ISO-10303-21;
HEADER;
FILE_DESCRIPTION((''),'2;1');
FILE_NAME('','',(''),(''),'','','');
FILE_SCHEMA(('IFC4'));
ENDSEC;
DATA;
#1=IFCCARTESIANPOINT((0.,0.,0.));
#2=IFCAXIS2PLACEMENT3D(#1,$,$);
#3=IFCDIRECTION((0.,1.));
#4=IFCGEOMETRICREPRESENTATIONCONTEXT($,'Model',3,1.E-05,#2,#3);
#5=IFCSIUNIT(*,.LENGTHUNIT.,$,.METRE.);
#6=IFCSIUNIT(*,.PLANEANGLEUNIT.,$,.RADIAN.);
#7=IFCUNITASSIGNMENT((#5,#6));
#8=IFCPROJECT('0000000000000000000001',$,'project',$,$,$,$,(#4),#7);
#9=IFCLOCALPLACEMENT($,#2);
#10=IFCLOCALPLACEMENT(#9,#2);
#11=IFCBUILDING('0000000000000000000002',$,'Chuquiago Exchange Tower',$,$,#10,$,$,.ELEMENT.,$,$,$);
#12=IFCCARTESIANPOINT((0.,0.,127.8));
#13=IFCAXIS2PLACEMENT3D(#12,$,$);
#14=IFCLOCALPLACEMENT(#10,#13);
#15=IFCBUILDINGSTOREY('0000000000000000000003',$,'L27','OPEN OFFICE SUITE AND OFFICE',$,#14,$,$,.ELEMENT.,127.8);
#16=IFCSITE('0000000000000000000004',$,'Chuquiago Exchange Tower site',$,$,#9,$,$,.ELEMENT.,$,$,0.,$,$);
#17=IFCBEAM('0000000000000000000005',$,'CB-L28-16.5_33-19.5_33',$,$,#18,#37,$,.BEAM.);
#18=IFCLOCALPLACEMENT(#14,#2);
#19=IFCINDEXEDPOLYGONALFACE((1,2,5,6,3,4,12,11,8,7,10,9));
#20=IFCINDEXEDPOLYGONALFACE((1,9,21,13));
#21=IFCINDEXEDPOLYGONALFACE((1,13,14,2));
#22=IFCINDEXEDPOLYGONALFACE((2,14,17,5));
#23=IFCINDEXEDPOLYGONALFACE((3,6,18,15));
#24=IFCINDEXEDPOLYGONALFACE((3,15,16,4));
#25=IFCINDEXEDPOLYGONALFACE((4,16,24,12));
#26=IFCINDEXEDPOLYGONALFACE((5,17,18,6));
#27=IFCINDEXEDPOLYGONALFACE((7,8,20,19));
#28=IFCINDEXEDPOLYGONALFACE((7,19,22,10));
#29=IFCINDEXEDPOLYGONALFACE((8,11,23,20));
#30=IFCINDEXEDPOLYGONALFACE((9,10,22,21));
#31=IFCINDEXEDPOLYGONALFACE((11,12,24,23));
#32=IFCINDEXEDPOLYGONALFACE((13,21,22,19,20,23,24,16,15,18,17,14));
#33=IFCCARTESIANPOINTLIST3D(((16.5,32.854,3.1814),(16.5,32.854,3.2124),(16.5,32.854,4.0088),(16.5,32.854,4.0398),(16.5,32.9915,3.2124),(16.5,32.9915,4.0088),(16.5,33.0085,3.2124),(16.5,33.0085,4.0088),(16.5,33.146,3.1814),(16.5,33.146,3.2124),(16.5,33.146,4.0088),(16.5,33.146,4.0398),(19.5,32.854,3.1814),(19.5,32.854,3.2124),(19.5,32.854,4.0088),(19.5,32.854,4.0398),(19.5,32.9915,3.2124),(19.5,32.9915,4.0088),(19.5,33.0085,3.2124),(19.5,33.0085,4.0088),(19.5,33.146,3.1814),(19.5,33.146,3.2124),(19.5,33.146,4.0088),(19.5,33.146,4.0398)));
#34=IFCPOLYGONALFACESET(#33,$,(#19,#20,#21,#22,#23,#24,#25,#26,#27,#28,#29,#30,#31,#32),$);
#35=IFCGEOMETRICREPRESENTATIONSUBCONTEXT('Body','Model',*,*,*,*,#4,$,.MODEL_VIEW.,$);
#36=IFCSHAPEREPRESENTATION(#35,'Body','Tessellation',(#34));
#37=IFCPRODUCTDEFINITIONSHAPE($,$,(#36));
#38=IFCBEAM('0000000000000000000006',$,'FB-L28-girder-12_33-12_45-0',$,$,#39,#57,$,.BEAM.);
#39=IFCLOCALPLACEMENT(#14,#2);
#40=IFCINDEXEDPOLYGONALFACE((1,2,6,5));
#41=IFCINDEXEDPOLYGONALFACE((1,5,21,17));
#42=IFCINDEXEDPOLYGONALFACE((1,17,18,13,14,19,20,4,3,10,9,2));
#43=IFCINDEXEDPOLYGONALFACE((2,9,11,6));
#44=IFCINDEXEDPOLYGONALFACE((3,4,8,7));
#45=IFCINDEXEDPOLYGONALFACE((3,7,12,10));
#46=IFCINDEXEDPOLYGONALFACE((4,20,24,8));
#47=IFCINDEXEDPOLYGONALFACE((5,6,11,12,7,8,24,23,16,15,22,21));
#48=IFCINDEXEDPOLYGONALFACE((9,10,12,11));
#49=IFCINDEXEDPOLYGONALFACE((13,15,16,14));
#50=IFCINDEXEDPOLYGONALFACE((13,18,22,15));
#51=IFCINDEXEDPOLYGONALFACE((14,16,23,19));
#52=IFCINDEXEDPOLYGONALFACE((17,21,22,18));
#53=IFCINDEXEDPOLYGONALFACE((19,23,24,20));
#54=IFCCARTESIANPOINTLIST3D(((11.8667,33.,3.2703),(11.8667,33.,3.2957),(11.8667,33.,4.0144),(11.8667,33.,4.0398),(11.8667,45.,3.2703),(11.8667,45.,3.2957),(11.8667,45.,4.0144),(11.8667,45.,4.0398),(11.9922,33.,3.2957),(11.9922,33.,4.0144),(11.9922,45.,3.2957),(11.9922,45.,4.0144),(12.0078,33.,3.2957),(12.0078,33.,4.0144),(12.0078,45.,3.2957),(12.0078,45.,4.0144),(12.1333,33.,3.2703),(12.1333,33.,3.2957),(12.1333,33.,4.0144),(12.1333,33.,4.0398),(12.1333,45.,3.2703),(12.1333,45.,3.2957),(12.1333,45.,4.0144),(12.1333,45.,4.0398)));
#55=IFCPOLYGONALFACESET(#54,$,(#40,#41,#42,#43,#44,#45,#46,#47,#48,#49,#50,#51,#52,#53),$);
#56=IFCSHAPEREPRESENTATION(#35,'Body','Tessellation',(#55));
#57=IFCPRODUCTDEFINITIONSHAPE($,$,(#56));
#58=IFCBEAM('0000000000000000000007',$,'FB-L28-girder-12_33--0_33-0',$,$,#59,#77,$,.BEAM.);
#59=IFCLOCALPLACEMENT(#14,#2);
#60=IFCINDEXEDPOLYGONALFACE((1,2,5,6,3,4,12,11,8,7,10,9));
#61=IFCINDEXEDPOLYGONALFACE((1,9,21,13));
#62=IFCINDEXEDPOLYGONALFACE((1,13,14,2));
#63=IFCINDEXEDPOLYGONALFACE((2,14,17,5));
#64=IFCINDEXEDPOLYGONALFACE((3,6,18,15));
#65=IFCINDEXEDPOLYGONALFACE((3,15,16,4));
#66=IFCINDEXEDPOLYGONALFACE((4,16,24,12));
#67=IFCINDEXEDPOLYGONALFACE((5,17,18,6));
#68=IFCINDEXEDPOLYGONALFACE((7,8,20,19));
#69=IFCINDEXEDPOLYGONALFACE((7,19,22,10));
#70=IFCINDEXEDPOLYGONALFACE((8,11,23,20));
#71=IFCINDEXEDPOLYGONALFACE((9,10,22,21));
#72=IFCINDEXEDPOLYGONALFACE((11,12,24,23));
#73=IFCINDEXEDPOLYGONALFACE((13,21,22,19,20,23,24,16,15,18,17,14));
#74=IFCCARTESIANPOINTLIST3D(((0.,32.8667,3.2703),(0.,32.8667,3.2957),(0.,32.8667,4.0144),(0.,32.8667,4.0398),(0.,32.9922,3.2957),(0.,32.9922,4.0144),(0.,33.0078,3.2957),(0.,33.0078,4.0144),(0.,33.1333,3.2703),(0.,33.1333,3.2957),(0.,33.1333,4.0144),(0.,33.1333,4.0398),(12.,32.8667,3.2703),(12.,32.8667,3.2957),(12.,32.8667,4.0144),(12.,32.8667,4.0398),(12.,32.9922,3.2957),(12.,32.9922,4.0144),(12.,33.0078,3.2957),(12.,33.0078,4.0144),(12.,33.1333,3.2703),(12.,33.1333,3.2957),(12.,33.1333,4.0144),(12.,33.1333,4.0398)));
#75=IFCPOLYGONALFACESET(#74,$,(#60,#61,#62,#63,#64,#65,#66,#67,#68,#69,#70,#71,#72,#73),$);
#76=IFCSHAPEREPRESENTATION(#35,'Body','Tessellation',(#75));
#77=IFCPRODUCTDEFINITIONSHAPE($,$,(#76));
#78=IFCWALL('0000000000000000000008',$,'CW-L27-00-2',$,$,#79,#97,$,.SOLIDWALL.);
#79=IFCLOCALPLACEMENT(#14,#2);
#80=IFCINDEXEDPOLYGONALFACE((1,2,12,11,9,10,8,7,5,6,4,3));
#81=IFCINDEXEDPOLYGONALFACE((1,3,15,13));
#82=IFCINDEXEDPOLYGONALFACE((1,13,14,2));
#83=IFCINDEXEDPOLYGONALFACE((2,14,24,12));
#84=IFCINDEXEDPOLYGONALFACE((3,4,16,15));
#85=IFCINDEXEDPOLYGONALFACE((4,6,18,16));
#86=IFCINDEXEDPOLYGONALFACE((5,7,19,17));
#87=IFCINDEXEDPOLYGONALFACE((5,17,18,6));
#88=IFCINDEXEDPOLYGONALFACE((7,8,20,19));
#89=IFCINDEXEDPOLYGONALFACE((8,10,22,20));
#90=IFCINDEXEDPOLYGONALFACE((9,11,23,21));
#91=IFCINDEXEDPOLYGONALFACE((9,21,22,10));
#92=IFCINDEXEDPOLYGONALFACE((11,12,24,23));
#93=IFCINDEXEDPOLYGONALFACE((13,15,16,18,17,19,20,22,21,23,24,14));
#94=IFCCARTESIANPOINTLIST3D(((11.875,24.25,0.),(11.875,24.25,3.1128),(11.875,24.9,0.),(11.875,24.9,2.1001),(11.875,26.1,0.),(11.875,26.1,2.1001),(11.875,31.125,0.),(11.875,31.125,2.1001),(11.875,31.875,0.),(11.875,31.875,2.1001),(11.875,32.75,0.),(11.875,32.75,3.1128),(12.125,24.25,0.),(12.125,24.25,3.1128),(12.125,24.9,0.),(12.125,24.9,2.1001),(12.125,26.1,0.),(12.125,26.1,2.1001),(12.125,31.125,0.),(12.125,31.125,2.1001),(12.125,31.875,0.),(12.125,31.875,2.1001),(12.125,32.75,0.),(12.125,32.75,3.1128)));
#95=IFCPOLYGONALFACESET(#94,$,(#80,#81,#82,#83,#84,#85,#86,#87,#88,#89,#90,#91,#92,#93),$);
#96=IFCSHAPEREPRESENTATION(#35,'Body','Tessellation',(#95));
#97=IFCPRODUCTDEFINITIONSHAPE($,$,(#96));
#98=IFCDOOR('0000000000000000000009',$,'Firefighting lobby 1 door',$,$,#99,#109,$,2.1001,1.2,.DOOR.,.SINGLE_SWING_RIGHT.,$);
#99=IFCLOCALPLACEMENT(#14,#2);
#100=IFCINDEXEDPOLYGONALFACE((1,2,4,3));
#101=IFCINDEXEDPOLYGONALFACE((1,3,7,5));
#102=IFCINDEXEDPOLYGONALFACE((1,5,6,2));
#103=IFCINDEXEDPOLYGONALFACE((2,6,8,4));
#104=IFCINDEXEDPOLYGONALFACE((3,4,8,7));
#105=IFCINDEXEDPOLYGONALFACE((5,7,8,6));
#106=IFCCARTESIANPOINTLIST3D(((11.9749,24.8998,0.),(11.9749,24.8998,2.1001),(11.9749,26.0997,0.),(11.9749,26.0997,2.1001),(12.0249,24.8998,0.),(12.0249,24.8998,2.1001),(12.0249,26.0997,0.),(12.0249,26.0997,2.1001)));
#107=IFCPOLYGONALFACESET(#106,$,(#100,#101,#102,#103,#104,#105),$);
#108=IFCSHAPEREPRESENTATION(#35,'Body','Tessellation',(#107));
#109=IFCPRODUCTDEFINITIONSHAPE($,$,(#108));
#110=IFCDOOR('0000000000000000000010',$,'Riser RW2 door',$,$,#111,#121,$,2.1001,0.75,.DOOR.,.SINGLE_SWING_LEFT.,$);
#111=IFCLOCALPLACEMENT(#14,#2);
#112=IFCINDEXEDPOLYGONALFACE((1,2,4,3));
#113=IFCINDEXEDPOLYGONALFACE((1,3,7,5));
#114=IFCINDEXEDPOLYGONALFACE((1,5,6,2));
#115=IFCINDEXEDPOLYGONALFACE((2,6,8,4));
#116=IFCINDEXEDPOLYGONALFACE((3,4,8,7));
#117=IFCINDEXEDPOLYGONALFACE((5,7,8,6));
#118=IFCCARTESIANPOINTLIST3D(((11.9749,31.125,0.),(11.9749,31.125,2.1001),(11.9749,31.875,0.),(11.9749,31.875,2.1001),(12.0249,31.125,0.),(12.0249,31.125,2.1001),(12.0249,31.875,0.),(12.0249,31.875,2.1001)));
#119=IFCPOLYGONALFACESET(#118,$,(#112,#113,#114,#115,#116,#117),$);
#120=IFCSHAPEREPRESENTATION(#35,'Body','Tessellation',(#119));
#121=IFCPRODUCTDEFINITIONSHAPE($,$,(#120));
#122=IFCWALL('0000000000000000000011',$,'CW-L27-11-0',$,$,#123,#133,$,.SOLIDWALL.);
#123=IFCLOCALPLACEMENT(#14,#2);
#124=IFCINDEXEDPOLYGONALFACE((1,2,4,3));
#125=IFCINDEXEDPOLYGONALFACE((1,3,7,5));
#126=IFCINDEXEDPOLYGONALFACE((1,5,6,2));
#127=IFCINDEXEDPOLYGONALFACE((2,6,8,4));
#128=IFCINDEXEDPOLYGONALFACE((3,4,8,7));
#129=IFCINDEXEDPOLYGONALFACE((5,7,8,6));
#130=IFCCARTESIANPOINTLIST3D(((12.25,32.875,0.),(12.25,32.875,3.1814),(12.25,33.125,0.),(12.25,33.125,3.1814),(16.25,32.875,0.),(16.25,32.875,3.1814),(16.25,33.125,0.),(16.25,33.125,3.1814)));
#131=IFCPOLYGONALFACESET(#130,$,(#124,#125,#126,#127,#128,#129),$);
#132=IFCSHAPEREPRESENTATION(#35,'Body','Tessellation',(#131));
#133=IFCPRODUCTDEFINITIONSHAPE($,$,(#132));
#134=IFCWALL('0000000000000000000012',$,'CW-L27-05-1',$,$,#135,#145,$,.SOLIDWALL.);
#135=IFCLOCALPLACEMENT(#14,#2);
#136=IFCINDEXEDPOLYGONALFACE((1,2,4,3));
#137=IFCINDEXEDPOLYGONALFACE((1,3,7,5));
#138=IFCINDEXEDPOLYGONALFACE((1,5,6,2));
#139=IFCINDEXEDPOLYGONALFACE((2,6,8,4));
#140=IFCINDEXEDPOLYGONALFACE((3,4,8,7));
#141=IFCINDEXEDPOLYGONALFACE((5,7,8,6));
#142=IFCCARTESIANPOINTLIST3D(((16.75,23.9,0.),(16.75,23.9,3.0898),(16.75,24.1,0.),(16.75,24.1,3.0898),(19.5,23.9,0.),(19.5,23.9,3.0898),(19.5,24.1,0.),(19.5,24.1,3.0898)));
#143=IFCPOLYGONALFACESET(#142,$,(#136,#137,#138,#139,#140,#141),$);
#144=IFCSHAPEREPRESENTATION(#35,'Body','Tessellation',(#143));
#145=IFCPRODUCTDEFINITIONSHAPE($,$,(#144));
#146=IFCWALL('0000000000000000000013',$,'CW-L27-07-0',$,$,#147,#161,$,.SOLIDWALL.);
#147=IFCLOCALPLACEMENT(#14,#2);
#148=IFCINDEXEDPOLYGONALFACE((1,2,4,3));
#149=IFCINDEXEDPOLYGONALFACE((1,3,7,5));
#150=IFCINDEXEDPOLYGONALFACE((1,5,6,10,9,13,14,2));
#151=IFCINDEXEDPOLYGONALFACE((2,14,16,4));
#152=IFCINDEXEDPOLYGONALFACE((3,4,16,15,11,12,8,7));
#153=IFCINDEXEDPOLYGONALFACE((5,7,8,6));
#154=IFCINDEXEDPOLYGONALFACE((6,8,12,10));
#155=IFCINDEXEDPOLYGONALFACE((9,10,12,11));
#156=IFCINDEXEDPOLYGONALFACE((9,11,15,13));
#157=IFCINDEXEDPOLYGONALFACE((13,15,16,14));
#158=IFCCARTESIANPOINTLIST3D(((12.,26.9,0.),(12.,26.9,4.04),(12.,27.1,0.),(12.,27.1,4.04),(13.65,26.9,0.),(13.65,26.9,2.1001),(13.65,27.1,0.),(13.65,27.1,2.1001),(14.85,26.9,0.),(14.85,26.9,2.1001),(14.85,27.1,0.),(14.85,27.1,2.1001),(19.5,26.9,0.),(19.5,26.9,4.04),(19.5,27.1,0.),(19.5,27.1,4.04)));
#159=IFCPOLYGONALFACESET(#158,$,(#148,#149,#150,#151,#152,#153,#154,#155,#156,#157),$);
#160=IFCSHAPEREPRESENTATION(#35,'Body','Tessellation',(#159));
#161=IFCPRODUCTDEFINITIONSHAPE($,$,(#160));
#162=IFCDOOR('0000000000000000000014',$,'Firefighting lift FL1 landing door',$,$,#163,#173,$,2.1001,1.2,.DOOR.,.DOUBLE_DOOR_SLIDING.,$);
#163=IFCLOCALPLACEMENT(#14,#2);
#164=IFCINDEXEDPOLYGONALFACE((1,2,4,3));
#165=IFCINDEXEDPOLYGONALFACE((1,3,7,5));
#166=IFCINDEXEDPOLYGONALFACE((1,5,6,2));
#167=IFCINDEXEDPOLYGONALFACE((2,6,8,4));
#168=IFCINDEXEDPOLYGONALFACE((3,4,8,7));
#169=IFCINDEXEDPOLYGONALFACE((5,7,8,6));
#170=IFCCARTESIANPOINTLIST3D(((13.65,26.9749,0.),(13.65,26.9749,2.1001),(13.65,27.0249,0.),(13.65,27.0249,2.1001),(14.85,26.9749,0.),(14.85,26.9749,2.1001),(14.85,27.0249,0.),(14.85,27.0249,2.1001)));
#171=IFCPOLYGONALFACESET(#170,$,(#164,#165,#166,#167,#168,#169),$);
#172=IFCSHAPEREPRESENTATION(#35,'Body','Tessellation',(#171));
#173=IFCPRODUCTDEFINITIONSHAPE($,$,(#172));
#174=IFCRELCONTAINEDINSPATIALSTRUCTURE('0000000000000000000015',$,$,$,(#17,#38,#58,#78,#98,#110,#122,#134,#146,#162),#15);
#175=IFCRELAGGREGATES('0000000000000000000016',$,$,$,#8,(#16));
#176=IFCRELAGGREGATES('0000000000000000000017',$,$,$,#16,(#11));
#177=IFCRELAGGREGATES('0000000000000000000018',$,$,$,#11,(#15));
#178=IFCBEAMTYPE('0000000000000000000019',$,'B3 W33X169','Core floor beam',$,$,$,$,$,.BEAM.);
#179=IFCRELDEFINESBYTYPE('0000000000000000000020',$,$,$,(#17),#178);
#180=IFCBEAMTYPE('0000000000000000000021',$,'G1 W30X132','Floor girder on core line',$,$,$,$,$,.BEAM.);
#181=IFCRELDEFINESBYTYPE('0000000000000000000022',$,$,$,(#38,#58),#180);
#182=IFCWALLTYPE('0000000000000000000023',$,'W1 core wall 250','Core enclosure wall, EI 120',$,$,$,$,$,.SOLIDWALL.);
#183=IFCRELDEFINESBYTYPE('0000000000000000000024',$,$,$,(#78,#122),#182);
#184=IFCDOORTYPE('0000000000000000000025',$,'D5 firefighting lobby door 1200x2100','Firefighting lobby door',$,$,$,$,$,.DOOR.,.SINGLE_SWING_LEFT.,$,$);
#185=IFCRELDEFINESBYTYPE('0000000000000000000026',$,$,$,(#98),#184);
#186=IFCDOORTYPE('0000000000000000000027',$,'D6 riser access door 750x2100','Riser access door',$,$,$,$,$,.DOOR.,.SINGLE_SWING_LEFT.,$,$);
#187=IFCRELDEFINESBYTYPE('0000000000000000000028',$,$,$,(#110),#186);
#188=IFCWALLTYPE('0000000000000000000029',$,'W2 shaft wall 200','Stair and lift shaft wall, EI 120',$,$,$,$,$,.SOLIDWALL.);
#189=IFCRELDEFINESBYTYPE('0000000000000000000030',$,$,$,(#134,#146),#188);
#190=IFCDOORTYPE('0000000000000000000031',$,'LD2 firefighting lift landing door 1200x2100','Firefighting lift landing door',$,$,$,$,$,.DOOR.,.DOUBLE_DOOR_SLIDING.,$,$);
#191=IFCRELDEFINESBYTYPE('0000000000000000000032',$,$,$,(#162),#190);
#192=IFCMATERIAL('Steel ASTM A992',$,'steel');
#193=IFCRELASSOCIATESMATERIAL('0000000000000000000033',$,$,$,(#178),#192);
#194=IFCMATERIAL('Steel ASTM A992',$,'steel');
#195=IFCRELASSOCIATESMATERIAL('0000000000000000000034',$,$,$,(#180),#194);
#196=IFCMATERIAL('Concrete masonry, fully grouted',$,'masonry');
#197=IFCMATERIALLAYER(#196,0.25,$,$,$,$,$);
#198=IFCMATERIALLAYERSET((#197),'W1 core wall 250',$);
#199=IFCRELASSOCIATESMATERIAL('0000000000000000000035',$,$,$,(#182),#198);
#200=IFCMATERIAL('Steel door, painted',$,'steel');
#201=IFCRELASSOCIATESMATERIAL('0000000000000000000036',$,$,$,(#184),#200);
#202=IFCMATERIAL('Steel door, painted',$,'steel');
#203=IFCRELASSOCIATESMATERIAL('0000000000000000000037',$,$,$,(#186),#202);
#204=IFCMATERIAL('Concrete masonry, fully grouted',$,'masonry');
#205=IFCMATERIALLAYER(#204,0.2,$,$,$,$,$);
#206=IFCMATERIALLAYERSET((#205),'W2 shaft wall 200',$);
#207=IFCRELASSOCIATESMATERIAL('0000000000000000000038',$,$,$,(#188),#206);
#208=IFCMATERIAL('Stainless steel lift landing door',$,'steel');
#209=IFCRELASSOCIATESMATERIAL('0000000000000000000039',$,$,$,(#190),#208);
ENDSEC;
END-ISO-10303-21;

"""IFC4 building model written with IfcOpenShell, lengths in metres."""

from ifc_helpers import new_model, si_unit, direction, frame, frame_2d, origin, origin_2d, place, context, subcontext, project, spatial, rectangle, i_section, extrude, material, layer, layer_set, material_profile, profile_set, type_object, element, fill, save


model = new_model("IFC4")

# Units and contexts
model_context = context("Model", 3, precision=1e-05, world=origin(), true_north=direction((0.0, 1.0)))
body_context = subcontext(model_context, "Body", "Model", "MODEL_VIEW")
ifc_project = project(units=[si_unit("LENGTHUNIT", "METRE"), si_unit("PLANEANGLEUNIT", "RADIAN")], contexts=[model_context])

# Site, building, storey
site_placement = place(None, origin())
site = spatial("IfcSite", under=ifc_project, at=site_placement, Name="Chuquiago Exchange Tower site", CompositionType="ELEMENT", RefElevation=0.0)
building_placement = place(site_placement, origin())
building = spatial("IfcBuilding", under=site, at=building_placement, Name="Chuquiago Exchange Tower", CompositionType="ELEMENT")
storey_placement = place(building_placement, frame((0.0, 0.0, 127.8)))
storey = spatial("IfcBuildingStorey", under=building, at=storey_placement, Name="L27", Description="OPEN OFFICE SUITE AND OFFICE", CompositionType="ELEMENT", Elevation=127.8)

# Beams
ifc_material_1 = material(Name="Steel ASTM A992", Category="steel")
ifc_material_profile_1 = material_profile(ifc_material_1, i_section(OverallWidth=0.292, OverallDepth=0.8584, WebThickness=0.0171, FlangeThickness=0.031, at=origin_2d()), Name="W33X169")
ifc_profile_set_1 = profile_set([ifc_material_profile_1], Name="Steel ASTM A992")
beam_type_1 = type_object("IfcBeamType", Name="B3 W33X169", Description="Core floor beam", PredefinedType="BEAM", material=ifc_profile_set_1)
beam_1_placement = place(storey_placement, frame((16.5, 33.0, 3.6106), z_axis=(1.0, 0.0, 0.0), x_axis=(0.0, 1.0, 0.0)))
element("IfcBeam", 1, at=beam_1_placement, inside=storey, type_object=beam_type_1, Name="CB-L28-16.5_33-19.5_33", PredefinedType="BEAM", context=body_context, shape_type="SweptSolid", body=[
    extrude(i_section(OverallWidth=0.292, OverallDepth=0.8584, WebThickness=0.0171, FlangeThickness=0.031, at=origin_2d()), origin(), (0.0, 0.0, 1.0), 3.0),
])
ifc_material_2 = material(Name="Steel ASTM A992", Category="steel")
ifc_material_profile_2 = material_profile(ifc_material_2, i_section(OverallWidth=0.2666, OverallDepth=0.7695, WebThickness=0.0156, FlangeThickness=0.0254, at=origin_2d()), Name="W30X132")
ifc_profile_set_2 = profile_set([ifc_material_profile_2], Name="Steel ASTM A992")
beam_type_2 = type_object("IfcBeamType", Name="G1 W30X132", Description="Floor girder on core line", PredefinedType="BEAM", material=ifc_profile_set_2)
for number, where, z_axis, x_axis, name in (
    (2, (12.0, 33.0, 3.655), (0.0, 1.0, 0.0), (-1.0, 0.0, 0.0), "FB-L28-girder-12_33-12_45-0"),
    (3, (12.0, 33.0, 3.655), (-1.0, 0.0, 0.0), (0.0, -1.0, 0.0), "FB-L28-girder-12_33--0_33-0"),
):
    element("IfcBeam", number, at=place(storey_placement, frame(where, z_axis=z_axis, x_axis=x_axis)), inside=storey, type_object=beam_type_2, Name=name, PredefinedType="BEAM", context=body_context, shape_type="SweptSolid", body=[
        extrude(i_section(OverallWidth=0.2666, OverallDepth=0.7695, WebThickness=0.0156, FlangeThickness=0.0254, at=origin_2d()), origin(), (0.0, 0.0, 1.0), 12.0),
    ])

# Wall, openings, doors
ifc_material_3 = material(Name="Concrete masonry, fully grouted", Category="masonry")
ifc_layer_1 = layer(ifc_material_3, 0.25)
ifc_layer_set_1 = layer_set([ifc_layer_1], Name="W1 core wall 250")
wall_type_1 = type_object("IfcWallType", Name="W1 core wall 250", Description="Core enclosure wall, EI 120", PredefinedType="SOLIDWALL", material=ifc_layer_set_1)
wall_1_placement = place(storey_placement, frame((12.0, 24.25, 0.0), z_axis=(0.0, 0.0, 1.0), x_axis=(0.0, 1.0, 0.0)))
wall_1 = element("IfcWall", 4, at=wall_1_placement, inside=storey, type_object=wall_type_1, Name="CW-L27-00-2", PredefinedType="SOLIDWALL", context=body_context, shape_type="SweptSolid", body=[
    extrude(rectangle(XDim=8.5, YDim=0.25, at=frame_2d((4.25, 0.0))), origin(), (0.0, 0.0, 1.0), 3.1128),
])
opening_1_placement = place(wall_1_placement, frame((0.6499, 0.0, 0.0)))
opening_1 = element("IfcOpeningElement", 5, at=opening_1_placement, cuts=wall_1, PredefinedType="OPENING", context=body_context, shape_type="SweptSolid", body=[
    extrude(rectangle(XDim=1.2, YDim=2.1001, at=frame_2d((0.6001, 1.05))), frame((0.0, 0.135, 0.0), z_axis=(0.0, -1.0, 0.0), x_axis=(1.0, 0.0, 0.0)), (0.0, 0.0, 1.0), 0.27),
])
opening_2_placement = place(wall_1_placement, frame((6.875, 0.0, 0.0)))
opening_2 = element("IfcOpeningElement", 6, at=opening_2_placement, cuts=wall_1, PredefinedType="OPENING", context=body_context, shape_type="SweptSolid", body=[
    extrude(rectangle(XDim=0.75, YDim=2.1001, at=frame_2d((0.375, 1.05))), frame((0.0, 0.135, 0.0), z_axis=(0.0, -1.0, 0.0), x_axis=(1.0, 0.0, 0.0)), (0.0, 0.0, 1.0), 0.27),
])
ifc_material_4 = material(Name="Steel door, painted", Category="steel")
door_type_1 = type_object("IfcDoorType", Name="D5 firefighting lobby door 1200x2100", Description="Firefighting lobby door", OperationType="SINGLE_SWING_LEFT", PredefinedType="DOOR", material=ifc_material_4)
door_1_placement = place(opening_1_placement, frame((1.2, 0.0, 0.0), z_axis=(0.0, 0.0, 1.0), x_axis=(-1.0, 0.0, 0.0)))
door_1 = element("IfcDoor", 7, at=door_1_placement, inside=storey, type_object=door_type_1, Name="Firefighting lobby 1 door", OperationType="SINGLE_SWING_RIGHT", OverallHeight=2.1001, OverallWidth=1.2, PredefinedType="DOOR", context=body_context, shape_type="SweptSolid", body=[
    extrude(rectangle(XDim=1.2, YDim=2.1001, at=frame_2d((0.6001, 1.05))), frame((0.0, 0.0249, 0.0), z_axis=(0.0, -1.0, 0.0), x_axis=(1.0, 0.0, 0.0)), (0.0, 0.0, 1.0), 0.05),
])
fill(opening_1, door_1)
ifc_material_5 = material(Name="Steel door, painted", Category="steel")
door_type_2 = type_object("IfcDoorType", Name="D6 riser access door 750x2100", Description="Riser access door", OperationType="SINGLE_SWING_LEFT", PredefinedType="DOOR", material=ifc_material_5)
door_2_placement = place(opening_2_placement, frame((0.75, 0.0, 0.0), z_axis=(0.0, 0.0, 1.0), x_axis=(-1.0, 0.0, 0.0)))
door_2 = element("IfcDoor", 8, at=door_2_placement, inside=storey, type_object=door_type_2, Name="Riser RW2 door", OperationType="SINGLE_SWING_LEFT", OverallHeight=2.1001, OverallWidth=0.75, PredefinedType="DOOR", context=body_context, shape_type="SweptSolid", body=[
    extrude(rectangle(XDim=0.75, YDim=2.1001, at=frame_2d((0.375, 1.05))), frame((0.0, 0.0249, 0.0), z_axis=(0.0, -1.0, 0.0), x_axis=(1.0, 0.0, 0.0)), (0.0, 0.0, 1.0), 0.05),
])
fill(opening_2, door_2)

# Walls
wall_2_placement = place(storey_placement, frame((12.25, 33.0, 0.0), z_axis=(0.0, 0.0, 1.0), x_axis=(1.0, 0.0, 0.0)))
element("IfcWall", 9, at=wall_2_placement, inside=storey, type_object=wall_type_1, Name="CW-L27-11-0", PredefinedType="SOLIDWALL", context=body_context, shape_type="SweptSolid", body=[
    extrude(rectangle(XDim=4.0, YDim=0.25, at=frame_2d((2.0, 0.0))), origin(), (0.0, 0.0, 1.0), 3.1814),
])
ifc_material_6 = material(Name="Concrete masonry, fully grouted", Category="masonry")
ifc_layer_2 = layer(ifc_material_6, 0.2)
ifc_layer_set_2 = layer_set([ifc_layer_2], Name="W2 shaft wall 200")
wall_type_2 = type_object("IfcWallType", Name="W2 shaft wall 200", Description="Stair and lift shaft wall, EI 120", PredefinedType="SOLIDWALL", material=ifc_layer_set_2)
wall_3_placement = place(storey_placement, frame((16.75, 24.0, 0.0), z_axis=(0.0, 0.0, 1.0), x_axis=(1.0, 0.0, 0.0)))
element("IfcWall", 10, at=wall_3_placement, inside=storey, type_object=wall_type_2, Name="CW-L27-05-1", PredefinedType="SOLIDWALL", context=body_context, shape_type="SweptSolid", body=[
    extrude(rectangle(XDim=2.75, YDim=0.2, at=frame_2d((1.375, 0.0))), origin(), (0.0, 0.0, 1.0), 3.0898),
])

# Wall, opening, door
wall_4_placement = place(storey_placement, frame((12.0, 27.0, 0.0), z_axis=(0.0, 0.0, 1.0), x_axis=(1.0, 0.0, 0.0)))
wall_4 = element("IfcWall", 11, at=wall_4_placement, inside=storey, type_object=wall_type_2, Name="CW-L27-07-0", PredefinedType="SOLIDWALL", context=body_context, shape_type="SweptSolid", body=[
    extrude(rectangle(XDim=7.5, YDim=0.2, at=frame_2d((3.75, 0.0))), origin(), (0.0, 0.0, 1.0), 4.04),
])
opening_3_placement = place(wall_4_placement, frame((1.6499, 0.0, 0.0)))
opening_3 = element("IfcOpeningElement", 12, at=opening_3_placement, cuts=wall_4, PredefinedType="OPENING", context=body_context, shape_type="SweptSolid", body=[
    extrude(rectangle(XDim=1.2, YDim=2.1001, at=frame_2d((0.6001, 1.05))), frame((0.0, 0.1099, 0.0), z_axis=(0.0, -1.0, 0.0), x_axis=(1.0, 0.0, 0.0)), (0.0, 0.0, 1.0), 0.22),
])
ifc_material_7 = material(Name="Stainless steel lift landing door", Category="steel")
door_type_3 = type_object("IfcDoorType", Name="LD2 firefighting lift landing door 1200x2100", Description="Firefighting lift landing door", OperationType="DOUBLE_DOOR_SLIDING", PredefinedType="DOOR", material=ifc_material_7)
door_3_placement = place(opening_3_placement, origin())
door_3 = element("IfcDoor", 13, at=door_3_placement, inside=storey, type_object=door_type_3, Name="Firefighting lift FL1 landing door", OperationType="DOUBLE_DOOR_SLIDING", OverallHeight=2.1001, OverallWidth=1.2, PredefinedType="DOOR", context=body_context, shape_type="SweptSolid", body=[
    extrude(rectangle(XDim=1.2, YDim=2.1001, at=frame_2d((0.6001, 1.05))), frame((0.0, 0.0249, 0.0), z_axis=(0.0, -1.0, 0.0), x_axis=(1.0, 0.0, 0.0)), (0.0, 0.0, 1.0), 0.05),
])
fill(opening_3, door_3)

save(model, "model.ifc")
